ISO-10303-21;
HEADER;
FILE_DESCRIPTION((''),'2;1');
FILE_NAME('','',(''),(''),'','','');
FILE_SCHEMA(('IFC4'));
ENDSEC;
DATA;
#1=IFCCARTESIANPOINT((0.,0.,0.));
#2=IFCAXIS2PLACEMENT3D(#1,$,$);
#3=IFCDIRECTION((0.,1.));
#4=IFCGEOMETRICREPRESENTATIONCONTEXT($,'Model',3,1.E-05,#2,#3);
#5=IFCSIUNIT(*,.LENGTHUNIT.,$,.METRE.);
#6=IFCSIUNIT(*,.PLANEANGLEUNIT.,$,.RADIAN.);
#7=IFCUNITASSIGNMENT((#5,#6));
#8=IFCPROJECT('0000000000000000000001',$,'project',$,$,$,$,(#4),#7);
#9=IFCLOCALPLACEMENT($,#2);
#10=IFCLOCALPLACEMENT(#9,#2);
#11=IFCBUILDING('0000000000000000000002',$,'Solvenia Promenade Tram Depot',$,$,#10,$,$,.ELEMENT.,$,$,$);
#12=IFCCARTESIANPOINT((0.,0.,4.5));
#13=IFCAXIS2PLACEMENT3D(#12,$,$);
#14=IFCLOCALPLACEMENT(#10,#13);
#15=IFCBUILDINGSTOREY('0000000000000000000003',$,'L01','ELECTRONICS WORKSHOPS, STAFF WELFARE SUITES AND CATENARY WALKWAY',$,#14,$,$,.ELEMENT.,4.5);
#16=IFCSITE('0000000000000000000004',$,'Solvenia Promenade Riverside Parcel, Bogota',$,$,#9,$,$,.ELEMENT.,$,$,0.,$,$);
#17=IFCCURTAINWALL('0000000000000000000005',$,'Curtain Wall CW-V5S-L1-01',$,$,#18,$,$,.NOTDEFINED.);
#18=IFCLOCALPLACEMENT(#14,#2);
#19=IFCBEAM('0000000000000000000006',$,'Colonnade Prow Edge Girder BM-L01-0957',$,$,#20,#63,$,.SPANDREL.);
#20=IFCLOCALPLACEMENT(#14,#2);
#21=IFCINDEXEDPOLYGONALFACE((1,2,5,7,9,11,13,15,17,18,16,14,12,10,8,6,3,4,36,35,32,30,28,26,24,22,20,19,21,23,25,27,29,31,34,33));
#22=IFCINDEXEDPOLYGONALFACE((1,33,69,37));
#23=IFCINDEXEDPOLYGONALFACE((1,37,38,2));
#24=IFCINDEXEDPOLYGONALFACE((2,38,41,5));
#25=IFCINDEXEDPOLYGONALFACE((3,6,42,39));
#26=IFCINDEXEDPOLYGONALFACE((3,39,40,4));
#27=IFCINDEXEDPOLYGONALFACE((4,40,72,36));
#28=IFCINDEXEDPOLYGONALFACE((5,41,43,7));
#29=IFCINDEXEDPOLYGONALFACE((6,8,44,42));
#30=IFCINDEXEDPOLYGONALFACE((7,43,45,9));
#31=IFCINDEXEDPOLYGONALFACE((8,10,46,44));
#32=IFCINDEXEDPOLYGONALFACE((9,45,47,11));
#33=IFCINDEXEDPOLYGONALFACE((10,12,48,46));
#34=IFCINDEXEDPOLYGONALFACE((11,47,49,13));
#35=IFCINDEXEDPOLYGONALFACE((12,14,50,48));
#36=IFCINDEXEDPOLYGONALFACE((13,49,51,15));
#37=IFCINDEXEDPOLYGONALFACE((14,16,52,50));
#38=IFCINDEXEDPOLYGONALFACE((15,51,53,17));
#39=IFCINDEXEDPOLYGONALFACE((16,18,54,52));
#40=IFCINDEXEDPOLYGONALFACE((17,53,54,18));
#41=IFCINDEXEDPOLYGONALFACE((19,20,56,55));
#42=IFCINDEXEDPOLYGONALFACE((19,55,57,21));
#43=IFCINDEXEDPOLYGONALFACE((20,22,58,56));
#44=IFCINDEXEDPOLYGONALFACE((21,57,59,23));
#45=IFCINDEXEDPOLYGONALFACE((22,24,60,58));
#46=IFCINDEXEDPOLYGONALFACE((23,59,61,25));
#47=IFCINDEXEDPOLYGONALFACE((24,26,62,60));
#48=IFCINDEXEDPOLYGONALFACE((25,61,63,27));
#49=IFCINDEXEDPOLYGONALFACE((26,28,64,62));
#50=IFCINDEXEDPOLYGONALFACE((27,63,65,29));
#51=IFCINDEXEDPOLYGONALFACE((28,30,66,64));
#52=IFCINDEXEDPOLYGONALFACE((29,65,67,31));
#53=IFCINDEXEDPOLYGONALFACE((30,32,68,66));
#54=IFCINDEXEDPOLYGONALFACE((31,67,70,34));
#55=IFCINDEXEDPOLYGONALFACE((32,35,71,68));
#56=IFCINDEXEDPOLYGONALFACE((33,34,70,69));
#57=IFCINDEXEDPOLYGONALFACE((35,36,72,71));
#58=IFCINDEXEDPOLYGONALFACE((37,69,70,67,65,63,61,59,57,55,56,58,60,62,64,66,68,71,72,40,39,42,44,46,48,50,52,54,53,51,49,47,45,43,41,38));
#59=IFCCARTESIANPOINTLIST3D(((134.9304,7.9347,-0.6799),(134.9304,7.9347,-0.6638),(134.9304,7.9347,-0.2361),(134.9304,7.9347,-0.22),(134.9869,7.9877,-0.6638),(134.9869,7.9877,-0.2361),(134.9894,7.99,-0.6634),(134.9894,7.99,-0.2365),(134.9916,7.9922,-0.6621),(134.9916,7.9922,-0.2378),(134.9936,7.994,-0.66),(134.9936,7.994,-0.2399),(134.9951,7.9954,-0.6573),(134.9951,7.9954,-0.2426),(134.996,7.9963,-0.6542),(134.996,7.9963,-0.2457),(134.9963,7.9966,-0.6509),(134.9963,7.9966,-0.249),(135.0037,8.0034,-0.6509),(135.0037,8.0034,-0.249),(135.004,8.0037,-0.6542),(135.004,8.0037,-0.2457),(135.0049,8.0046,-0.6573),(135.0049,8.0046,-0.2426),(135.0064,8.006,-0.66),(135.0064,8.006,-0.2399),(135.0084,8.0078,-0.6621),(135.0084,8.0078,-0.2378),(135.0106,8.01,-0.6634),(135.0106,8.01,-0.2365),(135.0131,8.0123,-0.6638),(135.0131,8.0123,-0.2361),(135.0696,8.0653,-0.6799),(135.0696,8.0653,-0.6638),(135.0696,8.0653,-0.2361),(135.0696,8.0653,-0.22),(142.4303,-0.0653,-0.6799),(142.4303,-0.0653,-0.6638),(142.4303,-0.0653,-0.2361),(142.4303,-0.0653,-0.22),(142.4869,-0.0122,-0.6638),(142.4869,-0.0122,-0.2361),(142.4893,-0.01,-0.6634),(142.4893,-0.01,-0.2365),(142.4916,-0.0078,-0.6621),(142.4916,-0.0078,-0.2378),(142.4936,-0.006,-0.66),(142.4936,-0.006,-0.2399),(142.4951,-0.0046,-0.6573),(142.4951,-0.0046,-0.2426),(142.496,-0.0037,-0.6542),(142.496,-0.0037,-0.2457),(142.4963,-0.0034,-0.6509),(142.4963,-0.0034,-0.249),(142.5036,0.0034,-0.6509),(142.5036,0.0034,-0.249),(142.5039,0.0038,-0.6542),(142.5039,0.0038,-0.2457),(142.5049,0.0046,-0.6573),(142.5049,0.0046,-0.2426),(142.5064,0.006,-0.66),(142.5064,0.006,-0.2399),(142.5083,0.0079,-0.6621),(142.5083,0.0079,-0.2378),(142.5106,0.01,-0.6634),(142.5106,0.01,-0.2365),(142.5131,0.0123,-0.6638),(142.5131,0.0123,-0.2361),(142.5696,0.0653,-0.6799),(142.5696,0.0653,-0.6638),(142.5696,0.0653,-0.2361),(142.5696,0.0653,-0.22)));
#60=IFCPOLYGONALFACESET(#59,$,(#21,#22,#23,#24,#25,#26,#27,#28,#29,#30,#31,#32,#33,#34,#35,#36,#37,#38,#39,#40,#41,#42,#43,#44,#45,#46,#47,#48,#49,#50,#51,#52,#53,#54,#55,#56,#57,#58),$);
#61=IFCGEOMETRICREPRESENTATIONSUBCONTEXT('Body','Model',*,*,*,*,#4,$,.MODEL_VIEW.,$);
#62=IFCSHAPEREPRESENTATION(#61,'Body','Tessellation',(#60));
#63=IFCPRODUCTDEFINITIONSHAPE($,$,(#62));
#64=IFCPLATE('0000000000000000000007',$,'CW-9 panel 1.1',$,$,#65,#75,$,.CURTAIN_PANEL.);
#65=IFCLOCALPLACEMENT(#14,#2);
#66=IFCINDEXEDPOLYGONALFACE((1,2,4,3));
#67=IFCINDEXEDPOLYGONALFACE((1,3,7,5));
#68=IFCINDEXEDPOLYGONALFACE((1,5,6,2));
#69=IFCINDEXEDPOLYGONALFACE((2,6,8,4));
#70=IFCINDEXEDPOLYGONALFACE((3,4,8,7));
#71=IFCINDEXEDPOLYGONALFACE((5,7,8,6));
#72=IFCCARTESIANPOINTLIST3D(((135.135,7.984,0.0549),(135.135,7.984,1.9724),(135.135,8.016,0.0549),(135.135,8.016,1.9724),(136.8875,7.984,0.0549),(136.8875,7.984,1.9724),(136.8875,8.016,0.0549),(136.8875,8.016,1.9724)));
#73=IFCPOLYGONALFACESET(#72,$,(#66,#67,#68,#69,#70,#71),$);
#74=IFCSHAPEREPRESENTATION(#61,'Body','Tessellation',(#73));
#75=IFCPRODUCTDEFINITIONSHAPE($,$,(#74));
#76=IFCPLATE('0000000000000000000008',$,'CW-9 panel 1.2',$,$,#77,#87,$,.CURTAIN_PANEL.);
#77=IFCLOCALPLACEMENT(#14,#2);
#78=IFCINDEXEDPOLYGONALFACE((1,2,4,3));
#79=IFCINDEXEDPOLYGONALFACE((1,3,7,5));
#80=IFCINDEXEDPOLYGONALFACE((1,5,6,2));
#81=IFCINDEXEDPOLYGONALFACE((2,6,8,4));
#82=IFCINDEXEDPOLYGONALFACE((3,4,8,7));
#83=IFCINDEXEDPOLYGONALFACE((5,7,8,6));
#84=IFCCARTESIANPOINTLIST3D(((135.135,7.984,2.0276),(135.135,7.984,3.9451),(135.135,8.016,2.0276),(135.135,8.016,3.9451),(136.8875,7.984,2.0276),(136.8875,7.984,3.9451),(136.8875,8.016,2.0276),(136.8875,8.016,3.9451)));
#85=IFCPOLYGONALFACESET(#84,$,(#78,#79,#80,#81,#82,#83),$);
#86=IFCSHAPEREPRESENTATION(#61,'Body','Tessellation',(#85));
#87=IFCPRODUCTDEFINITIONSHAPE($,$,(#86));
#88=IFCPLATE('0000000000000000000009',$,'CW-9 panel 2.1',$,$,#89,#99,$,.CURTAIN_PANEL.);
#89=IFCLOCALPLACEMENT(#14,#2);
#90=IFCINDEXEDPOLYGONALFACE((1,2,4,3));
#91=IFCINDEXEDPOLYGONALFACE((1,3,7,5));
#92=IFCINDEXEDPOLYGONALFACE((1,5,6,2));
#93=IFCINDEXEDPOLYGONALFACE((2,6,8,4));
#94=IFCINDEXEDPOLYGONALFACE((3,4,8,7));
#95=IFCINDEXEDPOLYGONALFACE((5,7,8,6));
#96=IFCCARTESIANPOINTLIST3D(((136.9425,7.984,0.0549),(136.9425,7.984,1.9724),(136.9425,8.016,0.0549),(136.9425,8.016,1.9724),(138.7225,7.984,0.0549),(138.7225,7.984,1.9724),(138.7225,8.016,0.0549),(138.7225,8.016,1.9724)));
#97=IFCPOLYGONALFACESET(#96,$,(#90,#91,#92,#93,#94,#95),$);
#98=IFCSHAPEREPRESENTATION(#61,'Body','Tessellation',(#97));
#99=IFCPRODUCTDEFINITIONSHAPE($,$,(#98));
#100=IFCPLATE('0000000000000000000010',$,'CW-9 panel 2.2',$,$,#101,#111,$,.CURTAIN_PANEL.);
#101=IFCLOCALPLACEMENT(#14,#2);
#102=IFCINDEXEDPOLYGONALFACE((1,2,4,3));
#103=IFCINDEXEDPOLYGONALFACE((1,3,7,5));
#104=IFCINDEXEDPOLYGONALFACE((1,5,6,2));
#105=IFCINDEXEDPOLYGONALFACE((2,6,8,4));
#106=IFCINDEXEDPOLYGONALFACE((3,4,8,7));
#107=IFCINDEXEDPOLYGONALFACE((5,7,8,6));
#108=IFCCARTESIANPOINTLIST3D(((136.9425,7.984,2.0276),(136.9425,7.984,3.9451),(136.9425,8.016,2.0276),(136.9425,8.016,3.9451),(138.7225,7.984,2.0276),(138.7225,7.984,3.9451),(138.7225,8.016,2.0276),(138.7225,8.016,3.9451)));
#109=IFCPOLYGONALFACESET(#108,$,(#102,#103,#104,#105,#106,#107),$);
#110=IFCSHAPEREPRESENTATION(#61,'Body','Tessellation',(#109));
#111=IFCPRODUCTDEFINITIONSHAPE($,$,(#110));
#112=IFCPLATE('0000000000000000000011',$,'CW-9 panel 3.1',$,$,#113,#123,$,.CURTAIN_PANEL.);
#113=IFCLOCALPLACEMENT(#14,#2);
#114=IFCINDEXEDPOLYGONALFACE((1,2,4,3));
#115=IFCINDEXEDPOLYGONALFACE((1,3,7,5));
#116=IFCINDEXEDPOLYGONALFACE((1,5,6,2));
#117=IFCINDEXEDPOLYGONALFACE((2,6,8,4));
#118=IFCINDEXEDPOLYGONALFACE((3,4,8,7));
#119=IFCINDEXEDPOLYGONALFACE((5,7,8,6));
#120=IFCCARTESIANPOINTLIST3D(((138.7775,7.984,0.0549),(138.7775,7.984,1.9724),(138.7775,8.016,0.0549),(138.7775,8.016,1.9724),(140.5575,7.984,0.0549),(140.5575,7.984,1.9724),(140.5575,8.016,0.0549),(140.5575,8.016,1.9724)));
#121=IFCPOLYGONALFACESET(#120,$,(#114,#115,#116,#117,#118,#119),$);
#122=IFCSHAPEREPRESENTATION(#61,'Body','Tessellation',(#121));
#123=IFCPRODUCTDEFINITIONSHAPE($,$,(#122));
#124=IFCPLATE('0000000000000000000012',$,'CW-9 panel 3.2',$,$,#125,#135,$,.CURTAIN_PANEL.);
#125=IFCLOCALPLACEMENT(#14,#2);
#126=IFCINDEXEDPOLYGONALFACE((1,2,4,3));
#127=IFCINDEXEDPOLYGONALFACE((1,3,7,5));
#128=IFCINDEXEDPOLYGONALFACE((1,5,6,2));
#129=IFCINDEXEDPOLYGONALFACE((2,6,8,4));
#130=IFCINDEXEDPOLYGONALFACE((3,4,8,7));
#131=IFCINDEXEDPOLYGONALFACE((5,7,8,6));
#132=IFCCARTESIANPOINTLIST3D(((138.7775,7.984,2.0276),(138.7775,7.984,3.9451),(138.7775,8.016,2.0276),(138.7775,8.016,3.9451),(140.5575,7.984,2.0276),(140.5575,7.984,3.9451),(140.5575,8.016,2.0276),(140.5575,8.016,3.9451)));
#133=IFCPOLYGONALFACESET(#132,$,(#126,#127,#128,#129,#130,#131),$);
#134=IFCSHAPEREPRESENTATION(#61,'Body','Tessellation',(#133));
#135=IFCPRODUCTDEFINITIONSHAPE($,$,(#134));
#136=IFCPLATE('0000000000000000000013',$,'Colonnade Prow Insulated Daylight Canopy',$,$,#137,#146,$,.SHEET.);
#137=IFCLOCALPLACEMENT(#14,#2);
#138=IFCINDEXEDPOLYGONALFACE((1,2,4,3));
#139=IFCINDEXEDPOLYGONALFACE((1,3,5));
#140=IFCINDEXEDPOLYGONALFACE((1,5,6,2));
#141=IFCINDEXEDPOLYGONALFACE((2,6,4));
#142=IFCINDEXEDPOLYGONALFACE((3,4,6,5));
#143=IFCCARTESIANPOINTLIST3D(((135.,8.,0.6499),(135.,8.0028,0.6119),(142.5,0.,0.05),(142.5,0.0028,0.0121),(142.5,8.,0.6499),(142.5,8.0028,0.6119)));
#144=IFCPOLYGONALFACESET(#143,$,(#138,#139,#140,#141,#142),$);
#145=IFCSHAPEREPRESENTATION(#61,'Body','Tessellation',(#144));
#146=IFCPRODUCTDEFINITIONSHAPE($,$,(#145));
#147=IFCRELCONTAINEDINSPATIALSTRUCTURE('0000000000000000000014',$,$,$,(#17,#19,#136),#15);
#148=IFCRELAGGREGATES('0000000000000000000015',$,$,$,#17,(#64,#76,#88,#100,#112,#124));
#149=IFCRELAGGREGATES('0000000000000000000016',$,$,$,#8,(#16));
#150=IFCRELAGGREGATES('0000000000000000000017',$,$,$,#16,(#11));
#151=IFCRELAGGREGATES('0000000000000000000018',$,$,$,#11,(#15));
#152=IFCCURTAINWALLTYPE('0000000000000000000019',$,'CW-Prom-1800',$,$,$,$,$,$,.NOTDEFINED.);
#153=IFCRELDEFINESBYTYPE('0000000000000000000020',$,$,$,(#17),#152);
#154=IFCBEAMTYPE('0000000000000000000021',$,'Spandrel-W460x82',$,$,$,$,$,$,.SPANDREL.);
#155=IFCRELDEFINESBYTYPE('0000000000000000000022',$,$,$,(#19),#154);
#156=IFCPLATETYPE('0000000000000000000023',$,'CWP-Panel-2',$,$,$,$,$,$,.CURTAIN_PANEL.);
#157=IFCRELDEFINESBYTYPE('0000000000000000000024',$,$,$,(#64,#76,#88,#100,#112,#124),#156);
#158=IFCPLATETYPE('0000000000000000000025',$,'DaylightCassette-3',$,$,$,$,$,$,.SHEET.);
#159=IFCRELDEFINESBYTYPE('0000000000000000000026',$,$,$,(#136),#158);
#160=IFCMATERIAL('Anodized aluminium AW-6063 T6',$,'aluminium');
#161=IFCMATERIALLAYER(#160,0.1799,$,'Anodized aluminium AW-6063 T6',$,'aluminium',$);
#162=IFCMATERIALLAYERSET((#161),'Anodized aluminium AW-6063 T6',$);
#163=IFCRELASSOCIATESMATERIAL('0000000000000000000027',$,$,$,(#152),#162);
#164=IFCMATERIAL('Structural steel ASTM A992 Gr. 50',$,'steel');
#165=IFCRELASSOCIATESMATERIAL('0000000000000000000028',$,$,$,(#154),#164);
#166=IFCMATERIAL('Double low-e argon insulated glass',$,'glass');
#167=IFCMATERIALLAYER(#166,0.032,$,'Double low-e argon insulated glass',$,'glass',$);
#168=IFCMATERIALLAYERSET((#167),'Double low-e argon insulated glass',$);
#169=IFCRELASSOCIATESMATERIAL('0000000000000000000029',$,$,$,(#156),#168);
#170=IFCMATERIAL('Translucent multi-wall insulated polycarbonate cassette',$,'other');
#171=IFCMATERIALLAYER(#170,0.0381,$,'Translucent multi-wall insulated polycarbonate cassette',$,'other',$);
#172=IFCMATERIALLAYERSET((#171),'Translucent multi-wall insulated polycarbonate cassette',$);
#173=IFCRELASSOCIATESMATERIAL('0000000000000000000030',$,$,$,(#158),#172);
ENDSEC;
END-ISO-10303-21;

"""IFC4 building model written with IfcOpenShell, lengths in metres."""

from ifc_helpers import new_model, si_unit, direction, frame, origin, origin_2d, place, context, subcontext, project, spatial, polyline, rectangle, i_section, outline, extrude, material, layer, layer_set, material_profile, profile_set, type_object, element, aggregate, save


model = new_model("IFC4")

# Units and contexts
model_context = context("Model", 3, precision=1e-05, world=origin(), true_north=direction((0.0, 1.0)))
body_context = subcontext(model_context, "Body", "Model", "MODEL_VIEW")
ifc_project = project(units=[si_unit("LENGTHUNIT", "METRE"), si_unit("PLANEANGLEUNIT", "RADIAN")], contexts=[model_context])

# Site, building, storey
site_placement = place(None, origin())
site = spatial("IfcSite", under=ifc_project, at=site_placement, Name="Solvenia Promenade Riverside Parcel, Bogota", CompositionType="ELEMENT", RefElevation=0.0)
building_placement = place(site_placement, origin())
building = spatial("IfcBuilding", under=site, at=building_placement, Name="Solvenia Promenade Tram Depot", CompositionType="ELEMENT")
storey_placement = place(building_placement, frame((0.0, 0.0, 4.5)))
storey = spatial("IfcBuildingStorey", under=building, at=storey_placement, Name="L01", Description="ELECTRONICS WORKSHOPS, STAFF WELFARE SUITES AND CATENARY WALKWAY", CompositionType="ELEMENT", Elevation=4.5)

# Shared definitions
ifc_material_1 = material(Name="Structural steel ASTM A992 Gr. 50", Category="steel")

# Curtain wall
ifc_material_2 = material(Name="Anodized aluminium AW-6063 T6", Category="aluminium")
ifc_layer_1 = layer(ifc_material_2, 0.1799, Name="Anodized aluminium AW-6063 T6", Category="aluminium")
ifc_layer_set_1 = layer_set([ifc_layer_1], Name="Anodized aluminium AW-6063 T6")
curtain_wall_type = type_object("IfcCurtainWallType", Name="CW-Prom-1800", PredefinedType="NOTDEFINED", material=ifc_layer_set_1)
curtain_wall_placement = place(storey_placement, origin())
curtain_wall = element("IfcCurtainWall", 1, at=curtain_wall_placement, inside=storey, type_object=curtain_wall_type, Name="Curtain Wall CW-V5S-L1-01", PredefinedType="NOTDEFINED")

# Beam
ifc_material_profile_1 = material_profile(ifc_material_1, i_section(OverallWidth=0.1909, OverallDepth=0.46, WebThickness=0.01, FlangeThickness=0.0161, FilletRadius=0.0129, at=origin_2d()), Name="W460x82", Category="steel")
ifc_profile_set_1 = profile_set([ifc_material_profile_1], Name="Structural steel ASTM A992 Gr. 50")
beam_type_1 = type_object("IfcBeamType", Name="Spandrel-W460x82", PredefinedType="SPANDREL", material=ifc_profile_set_1)
beam_1_placement = place(storey_placement, frame((135.0, 8.0, -0.45), z_axis=(0.683941, -0.729537, 0.0), x_axis=(0.729537, 0.683941, 0.0)))
element("IfcBeam", 2, at=beam_1_placement, inside=storey, type_object=beam_type_1, Name="Colonnade Prow Edge Girder BM-L01-0957", PredefinedType="SPANDREL", context=body_context, shape_type="SweptSolid", body=[
    extrude(i_section(OverallWidth=0.1909, OverallDepth=0.46, WebThickness=0.01, FlangeThickness=0.0161, FilletRadius=0.0129, at=origin_2d()), origin(), (0.0, 0.0, 1.0), 10.9658),
])

# Plates
ifc_material_3 = material(Name="Double low-e argon insulated glass", Category="glass")
ifc_layer_2 = layer(ifc_material_3, 0.032, Name="Double low-e argon insulated glass", Category="glass")
ifc_layer_set_2 = layer_set([ifc_layer_2], Name="Double low-e argon insulated glass")
plate_type_1 = type_object("IfcPlateType", Name="CWP-Panel-2", PredefinedType="CURTAIN_PANEL", material=ifc_layer_set_2)
plate_1_placement = place(storey_placement, frame((136.0112, 8.0, 0.0549), z_axis=(0.0, 0.0, 1.0), x_axis=(1.0, 0.0, 0.0)))
plate_1 = element("IfcPlate", 3, at=plate_1_placement, type_object=plate_type_1, Name="CW-9 panel 1.1", PredefinedType="CURTAIN_PANEL", context=body_context, shape_type="SweptSolid", body=[
    extrude(rectangle(XDim=1.7524, YDim=0.032, at=origin_2d()), origin(), (0.0, 0.0, 1.0), 1.9175),
])
plate_2_placement = place(storey_placement, frame((136.0112, 8.0, 2.0276), z_axis=(0.0, 0.0, 1.0), x_axis=(1.0, 0.0, 0.0)))
plate_2 = element("IfcPlate", 4, at=plate_2_placement, type_object=plate_type_1, Name="CW-9 panel 1.2", PredefinedType="CURTAIN_PANEL", context=body_context, shape_type="SweptSolid", body=[
    extrude(rectangle(XDim=1.7524, YDim=0.032, at=origin_2d()), origin(), (0.0, 0.0, 1.0), 1.9175),
])
plate_3_placement = place(storey_placement, frame((137.8325, 8.0, 0.0549), z_axis=(0.0, 0.0, 1.0), x_axis=(1.0, 0.0, 0.0)))
plate_3 = element("IfcPlate", 5, at=plate_3_placement, type_object=plate_type_1, Name="CW-9 panel 2.1", PredefinedType="CURTAIN_PANEL", context=body_context, shape_type="SweptSolid", body=[
    extrude(rectangle(XDim=1.78, YDim=0.032, at=origin_2d()), origin(), (0.0, 0.0, 1.0), 1.9175),
])
plate_4_placement = place(storey_placement, frame((137.8325, 8.0, 2.0276), z_axis=(0.0, 0.0, 1.0), x_axis=(1.0, 0.0, 0.0)))
plate_4 = element("IfcPlate", 6, at=plate_4_placement, type_object=plate_type_1, Name="CW-9 panel 2.2", PredefinedType="CURTAIN_PANEL", context=body_context, shape_type="SweptSolid", body=[
    extrude(rectangle(XDim=1.78, YDim=0.032, at=origin_2d()), origin(), (0.0, 0.0, 1.0), 1.9175),
])
plate_5_placement = place(storey_placement, frame((139.6675, 8.0, 0.0549), z_axis=(0.0, 0.0, 1.0), x_axis=(1.0, 0.0, 0.0)))
plate_5 = element("IfcPlate", 7, at=plate_5_placement, type_object=plate_type_1, Name="CW-9 panel 3.1", PredefinedType="CURTAIN_PANEL", context=body_context, shape_type="SweptSolid", body=[
    extrude(rectangle(XDim=1.78, YDim=0.032, at=origin_2d()), origin(), (0.0, 0.0, 1.0), 1.9175),
])
plate_6_placement = place(storey_placement, frame((139.6675, 8.0, 2.0276), z_axis=(0.0, 0.0, 1.0), x_axis=(1.0, 0.0, 0.0)))
plate_6 = element("IfcPlate", 8, at=plate_6_placement, type_object=plate_type_1, Name="CW-9 panel 3.2", PredefinedType="CURTAIN_PANEL", context=body_context, shape_type="SweptSolid", body=[
    extrude(rectangle(XDim=1.78, YDim=0.032, at=origin_2d()), origin(), (0.0, 0.0, 1.0), 1.9175),
])
aggregate(curtain_wall, [plate_1, plate_2, plate_3, plate_4, plate_5, plate_6])
ifc_material_4 = material(Name="Translucent multi-wall insulated polycarbonate cassette", Category="other")
ifc_layer_3 = layer(ifc_material_4, 0.0381, Name="Translucent multi-wall insulated polycarbonate cassette", Category="other")
ifc_layer_set_3 = layer_set([ifc_layer_3], Name="Translucent multi-wall insulated polycarbonate cassette")
plate_type_2 = type_object("IfcPlateType", Name="DaylightCassette-3", PredefinedType="SHEET", material=ifc_layer_set_3)
plate_7_placement = place(storey_placement, frame((135.0, 8.0, 0.6499), z_axis=(0.0, -0.074772, 0.997201), x_axis=(0.68292, -0.728448, -0.05462)))
element("IfcPlate", 9, at=plate_7_placement, inside=storey, type_object=plate_type_2, Name="Colonnade Prow Insulated Daylight Canopy", PredefinedType="SHEET", context=body_context, shape_type="SweptSolid", body=[
    extrude(outline(polyline([(0.0, 0.0), (10.9823, 0.0), (5.1219, 5.4787), (0.0, 0.0)])), origin(), (0.0, 0.0, -1.0), 0.0381),
])

save(model, "model.ifc")
